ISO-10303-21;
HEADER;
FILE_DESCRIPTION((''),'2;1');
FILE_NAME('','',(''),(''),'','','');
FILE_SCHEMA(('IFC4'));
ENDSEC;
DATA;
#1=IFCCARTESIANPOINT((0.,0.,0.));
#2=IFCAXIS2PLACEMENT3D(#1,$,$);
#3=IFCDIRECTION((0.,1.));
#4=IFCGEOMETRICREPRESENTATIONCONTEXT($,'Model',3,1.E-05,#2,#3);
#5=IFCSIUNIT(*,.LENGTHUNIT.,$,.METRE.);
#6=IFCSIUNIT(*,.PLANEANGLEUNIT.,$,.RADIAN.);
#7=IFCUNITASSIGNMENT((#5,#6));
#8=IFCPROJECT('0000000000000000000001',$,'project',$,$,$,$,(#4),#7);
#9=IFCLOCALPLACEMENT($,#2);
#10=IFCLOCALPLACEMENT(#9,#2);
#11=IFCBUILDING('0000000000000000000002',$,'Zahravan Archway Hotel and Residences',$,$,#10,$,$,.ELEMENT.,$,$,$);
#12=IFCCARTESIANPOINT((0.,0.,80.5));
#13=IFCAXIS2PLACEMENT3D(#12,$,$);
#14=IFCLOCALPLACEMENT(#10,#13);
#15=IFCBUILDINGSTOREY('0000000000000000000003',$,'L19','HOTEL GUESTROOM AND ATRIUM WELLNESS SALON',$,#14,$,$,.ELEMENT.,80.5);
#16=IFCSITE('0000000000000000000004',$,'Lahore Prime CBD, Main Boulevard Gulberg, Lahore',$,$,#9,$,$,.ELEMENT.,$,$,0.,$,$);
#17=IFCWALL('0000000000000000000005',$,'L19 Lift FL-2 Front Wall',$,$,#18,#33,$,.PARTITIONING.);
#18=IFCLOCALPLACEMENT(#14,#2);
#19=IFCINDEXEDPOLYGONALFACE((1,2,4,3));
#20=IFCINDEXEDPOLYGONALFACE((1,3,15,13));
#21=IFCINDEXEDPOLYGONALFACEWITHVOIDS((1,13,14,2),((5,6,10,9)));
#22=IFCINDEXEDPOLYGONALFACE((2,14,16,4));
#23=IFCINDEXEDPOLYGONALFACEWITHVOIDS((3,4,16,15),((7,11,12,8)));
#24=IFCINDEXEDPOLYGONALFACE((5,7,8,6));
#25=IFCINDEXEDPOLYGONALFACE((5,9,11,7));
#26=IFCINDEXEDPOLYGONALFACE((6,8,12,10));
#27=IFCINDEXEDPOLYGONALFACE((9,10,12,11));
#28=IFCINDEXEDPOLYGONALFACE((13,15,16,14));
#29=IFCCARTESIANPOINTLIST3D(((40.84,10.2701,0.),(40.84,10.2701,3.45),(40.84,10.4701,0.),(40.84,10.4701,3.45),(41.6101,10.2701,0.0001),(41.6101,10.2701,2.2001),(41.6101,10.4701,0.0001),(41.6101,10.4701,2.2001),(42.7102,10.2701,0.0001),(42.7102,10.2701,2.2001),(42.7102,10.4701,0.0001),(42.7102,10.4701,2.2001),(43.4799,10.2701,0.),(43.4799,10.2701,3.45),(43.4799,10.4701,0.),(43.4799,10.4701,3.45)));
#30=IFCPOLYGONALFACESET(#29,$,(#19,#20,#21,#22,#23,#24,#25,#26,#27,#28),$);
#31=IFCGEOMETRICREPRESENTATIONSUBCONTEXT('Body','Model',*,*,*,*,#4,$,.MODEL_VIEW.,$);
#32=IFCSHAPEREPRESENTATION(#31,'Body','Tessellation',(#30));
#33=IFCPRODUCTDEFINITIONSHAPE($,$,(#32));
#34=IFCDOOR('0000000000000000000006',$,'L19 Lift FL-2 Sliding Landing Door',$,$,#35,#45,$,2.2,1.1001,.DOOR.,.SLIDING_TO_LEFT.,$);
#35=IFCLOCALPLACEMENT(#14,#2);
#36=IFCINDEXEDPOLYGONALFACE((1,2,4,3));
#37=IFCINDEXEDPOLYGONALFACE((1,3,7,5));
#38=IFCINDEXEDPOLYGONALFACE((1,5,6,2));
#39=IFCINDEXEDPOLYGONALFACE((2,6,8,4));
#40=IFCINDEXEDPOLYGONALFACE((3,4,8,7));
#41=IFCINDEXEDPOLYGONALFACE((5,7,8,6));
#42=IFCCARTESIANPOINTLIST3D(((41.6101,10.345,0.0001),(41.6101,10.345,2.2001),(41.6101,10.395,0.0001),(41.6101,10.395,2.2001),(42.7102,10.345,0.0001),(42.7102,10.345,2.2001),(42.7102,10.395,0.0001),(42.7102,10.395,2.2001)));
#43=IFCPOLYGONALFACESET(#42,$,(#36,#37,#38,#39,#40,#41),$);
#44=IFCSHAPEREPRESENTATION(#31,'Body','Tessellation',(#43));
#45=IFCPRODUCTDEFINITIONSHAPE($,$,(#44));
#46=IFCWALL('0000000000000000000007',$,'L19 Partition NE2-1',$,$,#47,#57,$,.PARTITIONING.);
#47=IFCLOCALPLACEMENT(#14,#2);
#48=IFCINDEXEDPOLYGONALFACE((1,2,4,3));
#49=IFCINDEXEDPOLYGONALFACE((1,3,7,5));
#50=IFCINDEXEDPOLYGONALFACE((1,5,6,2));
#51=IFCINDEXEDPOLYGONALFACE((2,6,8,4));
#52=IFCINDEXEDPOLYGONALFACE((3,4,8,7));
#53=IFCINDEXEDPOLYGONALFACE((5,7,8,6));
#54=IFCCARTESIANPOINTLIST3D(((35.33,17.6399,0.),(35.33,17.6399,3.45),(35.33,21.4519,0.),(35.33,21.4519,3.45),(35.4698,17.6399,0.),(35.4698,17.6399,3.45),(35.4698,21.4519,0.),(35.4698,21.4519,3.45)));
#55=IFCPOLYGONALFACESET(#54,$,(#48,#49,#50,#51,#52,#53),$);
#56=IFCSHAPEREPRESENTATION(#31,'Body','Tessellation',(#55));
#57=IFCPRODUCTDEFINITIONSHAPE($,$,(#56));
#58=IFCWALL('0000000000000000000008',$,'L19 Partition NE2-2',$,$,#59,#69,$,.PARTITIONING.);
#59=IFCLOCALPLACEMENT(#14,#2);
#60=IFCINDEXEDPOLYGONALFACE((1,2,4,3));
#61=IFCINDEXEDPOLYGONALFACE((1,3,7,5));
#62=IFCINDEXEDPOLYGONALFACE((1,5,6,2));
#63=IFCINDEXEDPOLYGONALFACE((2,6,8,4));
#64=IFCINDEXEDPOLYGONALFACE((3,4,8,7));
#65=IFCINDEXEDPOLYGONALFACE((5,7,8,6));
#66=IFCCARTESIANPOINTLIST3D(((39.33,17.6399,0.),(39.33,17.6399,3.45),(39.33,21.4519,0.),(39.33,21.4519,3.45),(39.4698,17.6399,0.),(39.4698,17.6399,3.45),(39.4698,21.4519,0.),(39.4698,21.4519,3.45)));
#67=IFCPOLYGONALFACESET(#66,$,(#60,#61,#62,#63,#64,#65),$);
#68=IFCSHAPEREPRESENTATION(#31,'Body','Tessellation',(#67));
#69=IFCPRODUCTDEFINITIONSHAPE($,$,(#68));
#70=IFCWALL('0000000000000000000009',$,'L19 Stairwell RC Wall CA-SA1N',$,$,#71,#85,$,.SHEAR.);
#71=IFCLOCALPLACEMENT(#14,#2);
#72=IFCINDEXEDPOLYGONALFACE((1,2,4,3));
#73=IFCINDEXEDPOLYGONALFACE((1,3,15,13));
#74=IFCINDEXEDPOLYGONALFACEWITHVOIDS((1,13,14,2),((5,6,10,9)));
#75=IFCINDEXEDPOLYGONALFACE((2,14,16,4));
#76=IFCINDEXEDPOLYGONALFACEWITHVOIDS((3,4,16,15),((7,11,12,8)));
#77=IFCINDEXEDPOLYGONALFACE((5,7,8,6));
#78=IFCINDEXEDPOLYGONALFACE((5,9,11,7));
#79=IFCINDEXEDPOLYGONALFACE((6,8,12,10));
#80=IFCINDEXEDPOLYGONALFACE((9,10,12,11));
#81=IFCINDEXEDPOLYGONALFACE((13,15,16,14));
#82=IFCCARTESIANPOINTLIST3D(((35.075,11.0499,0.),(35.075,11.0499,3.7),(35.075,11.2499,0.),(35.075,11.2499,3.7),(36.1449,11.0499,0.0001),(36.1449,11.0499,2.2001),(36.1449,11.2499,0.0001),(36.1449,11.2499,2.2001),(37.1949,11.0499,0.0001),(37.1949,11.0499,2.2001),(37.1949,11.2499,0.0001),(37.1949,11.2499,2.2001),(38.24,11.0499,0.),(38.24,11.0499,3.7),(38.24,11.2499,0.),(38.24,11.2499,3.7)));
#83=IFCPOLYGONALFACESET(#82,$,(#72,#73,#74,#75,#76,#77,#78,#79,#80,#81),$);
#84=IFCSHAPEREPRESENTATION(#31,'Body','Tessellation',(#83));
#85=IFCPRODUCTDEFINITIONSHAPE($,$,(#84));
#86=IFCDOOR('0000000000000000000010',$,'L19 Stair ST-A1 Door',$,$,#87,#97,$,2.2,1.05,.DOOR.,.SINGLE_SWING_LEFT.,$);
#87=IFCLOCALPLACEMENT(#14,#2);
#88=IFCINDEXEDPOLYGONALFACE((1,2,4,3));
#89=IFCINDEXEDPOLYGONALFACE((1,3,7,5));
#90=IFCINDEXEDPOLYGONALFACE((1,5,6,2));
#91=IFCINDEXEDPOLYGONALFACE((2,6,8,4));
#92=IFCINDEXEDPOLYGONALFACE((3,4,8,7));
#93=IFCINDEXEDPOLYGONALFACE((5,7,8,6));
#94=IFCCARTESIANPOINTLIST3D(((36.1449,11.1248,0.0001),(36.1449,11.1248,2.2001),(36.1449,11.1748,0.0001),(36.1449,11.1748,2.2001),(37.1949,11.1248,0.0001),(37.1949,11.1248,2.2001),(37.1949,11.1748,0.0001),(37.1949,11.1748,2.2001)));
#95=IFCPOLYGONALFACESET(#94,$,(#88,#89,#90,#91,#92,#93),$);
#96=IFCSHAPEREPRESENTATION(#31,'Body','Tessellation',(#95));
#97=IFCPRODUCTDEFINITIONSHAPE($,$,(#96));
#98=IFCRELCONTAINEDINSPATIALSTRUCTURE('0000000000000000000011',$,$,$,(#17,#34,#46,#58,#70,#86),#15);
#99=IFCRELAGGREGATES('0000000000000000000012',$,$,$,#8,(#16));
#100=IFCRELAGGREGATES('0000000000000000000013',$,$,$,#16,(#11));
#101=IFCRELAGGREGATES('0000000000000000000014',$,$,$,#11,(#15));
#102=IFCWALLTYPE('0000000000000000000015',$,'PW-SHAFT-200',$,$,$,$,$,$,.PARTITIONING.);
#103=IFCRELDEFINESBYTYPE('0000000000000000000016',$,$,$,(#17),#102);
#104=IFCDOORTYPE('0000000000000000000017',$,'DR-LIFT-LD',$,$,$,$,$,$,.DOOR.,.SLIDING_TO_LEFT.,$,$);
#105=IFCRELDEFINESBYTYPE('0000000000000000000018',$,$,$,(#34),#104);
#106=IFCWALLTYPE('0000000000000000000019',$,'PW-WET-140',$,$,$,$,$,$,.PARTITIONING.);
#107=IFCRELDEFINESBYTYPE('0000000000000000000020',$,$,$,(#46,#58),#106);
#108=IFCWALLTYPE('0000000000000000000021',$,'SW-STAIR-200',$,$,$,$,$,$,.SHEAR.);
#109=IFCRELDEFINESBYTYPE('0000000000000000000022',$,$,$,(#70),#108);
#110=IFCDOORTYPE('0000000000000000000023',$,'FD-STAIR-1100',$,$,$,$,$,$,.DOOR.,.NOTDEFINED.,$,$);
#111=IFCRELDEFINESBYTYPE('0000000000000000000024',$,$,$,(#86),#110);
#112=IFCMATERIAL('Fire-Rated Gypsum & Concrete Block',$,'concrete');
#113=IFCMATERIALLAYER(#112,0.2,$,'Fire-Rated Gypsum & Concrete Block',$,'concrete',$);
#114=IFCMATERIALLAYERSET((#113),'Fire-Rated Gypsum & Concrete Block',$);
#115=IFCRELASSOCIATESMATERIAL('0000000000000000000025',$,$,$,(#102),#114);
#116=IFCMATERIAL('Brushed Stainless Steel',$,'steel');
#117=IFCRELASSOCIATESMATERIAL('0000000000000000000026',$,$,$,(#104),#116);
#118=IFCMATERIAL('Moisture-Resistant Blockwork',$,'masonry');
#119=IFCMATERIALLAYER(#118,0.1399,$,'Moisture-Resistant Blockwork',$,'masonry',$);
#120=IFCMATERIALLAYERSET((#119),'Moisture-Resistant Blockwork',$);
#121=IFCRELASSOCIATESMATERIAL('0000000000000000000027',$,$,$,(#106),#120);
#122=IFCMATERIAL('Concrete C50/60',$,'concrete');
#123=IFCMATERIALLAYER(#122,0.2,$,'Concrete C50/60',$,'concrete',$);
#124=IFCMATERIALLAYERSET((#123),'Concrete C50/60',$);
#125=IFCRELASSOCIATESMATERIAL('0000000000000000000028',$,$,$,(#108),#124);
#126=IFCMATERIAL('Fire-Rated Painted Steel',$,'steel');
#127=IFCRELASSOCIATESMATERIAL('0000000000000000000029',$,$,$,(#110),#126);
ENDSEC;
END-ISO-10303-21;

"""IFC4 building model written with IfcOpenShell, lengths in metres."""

from ifc_helpers import new_model, si_unit, direction, frame, frame_2d, origin, place, context, subcontext, project, spatial, rectangle, extrude, source, transform, mapped, material, layer, layer_set, type_object, type_shapes, element, fill, save


model = new_model("IFC4")

# Units and contexts
model_context = context("Model", 3, precision=1e-05, world=origin(), true_north=direction((0.0, 1.0)))
body_context = subcontext(model_context, "Body", "Model", "MODEL_VIEW")
ifc_project = project(units=[si_unit("LENGTHUNIT", "METRE"), si_unit("PLANEANGLEUNIT", "RADIAN")], contexts=[model_context])

# Site, building, storey
site_placement = place(None, origin())
site = spatial("IfcSite", under=ifc_project, at=site_placement, Name="Lahore Prime CBD, Main Boulevard Gulberg, Lahore", CompositionType="ELEMENT", RefElevation=0.0)
building_placement = place(site_placement, origin())
building = spatial("IfcBuilding", under=site, at=building_placement, Name="Zahravan Archway Hotel and Residences", CompositionType="ELEMENT")
storey_placement = place(building_placement, frame((0.0, 0.0, 80.5)))
storey = spatial("IfcBuildingStorey", under=building, at=storey_placement, Name="L19", Description="HOTEL GUESTROOM AND ATRIUM WELLNESS SALON", CompositionType="ELEMENT", Elevation=80.5)

# Wall, opening, door
ifc_material_1 = material(Name="Fire-Rated Gypsum & Concrete Block", Category="concrete")
ifc_material_2 = material(Name="Fire-Rated Painted Steel", Category="steel")
ifc_layer_1 = layer(ifc_material_1, 0.2, Name="Fire-Rated Gypsum & Concrete Block", Category="concrete")
ifc_layer_set_1 = layer_set([ifc_layer_1], Name="Fire-Rated Gypsum & Concrete Block")
wall_type_1 = type_object("IfcWallType", Name="PW-SHAFT-200", PredefinedType="PARTITIONING", material=ifc_layer_set_1)
wall_1_placement = place(storey_placement, frame((40.8401, 10.3701, 0.0), z_axis=(0.0, 0.0, 1.0), x_axis=(1.0, 0.0, 0.0)))
wall_1 = element("IfcWall", 1, at=wall_1_placement, inside=storey, type_object=wall_type_1, Name="L19 Lift FL-2 Front Wall", PredefinedType="PARTITIONING", context=body_context, shape_type="SweptSolid", body=[
    extrude(rectangle(XDim=2.6399, YDim=0.2, at=frame_2d((1.3198, 0.0))), origin(), (0.0, 0.0, 1.0), 3.45),
])
opening_1_placement = place(wall_1_placement, frame((0.77, 0.0, 0.0)))
opening_1 = element("IfcOpeningElement", 2, at=opening_1_placement, cuts=wall_1, PredefinedType="OPENING", context=body_context, shape_type="SweptSolid", body=[
    extrude(rectangle(XDim=1.1001, YDim=2.2, at=frame_2d((0.55, 1.1001))), frame((0.0, 0.1099, 0.0), z_axis=(0.0, -1.0, 0.0), x_axis=(1.0, 0.0, 0.0)), (0.0, 0.0, 1.0), 0.22),
])
ifc_material_3 = material(Name="Brushed Stainless Steel", Category="steel")
door_type_1 = type_object("IfcDoorType", Name="DR-LIFT-LD", OperationType="SLIDING_TO_LEFT", PredefinedType="DOOR", material=ifc_material_3)
shared_shape_1 = source(origin(), body_context, "Body", "SweptSolid", [
    extrude(rectangle(XDim=1.1001, YDim=2.2, at=frame_2d((0.55, 1.1001))), frame((0.0, 0.0249, 0.0), z_axis=(0.0, -1.0, 0.0), x_axis=(1.0, 0.0, 0.0)), (0.0, 0.0, 1.0), 0.05),
])
type_shapes(door_type_1, [shared_shape_1])
door_1_placement = place(opening_1_placement, origin())
door_1 = element("IfcDoor", 3, at=door_1_placement, inside=storey, type_object=door_type_1, Name="L19 Lift FL-2 Sliding Landing Door", OperationType="SLIDING_TO_LEFT", OverallHeight=2.2, OverallWidth=1.1001, PredefinedType="DOOR", context=body_context, shape_type="MappedRepresentation", body=[
    mapped(shared_shape_1, transform((0.0, 0.0, 0.0), scale=1.0)),
])
fill(opening_1, door_1)

# Walls
ifc_material_4 = material(Name="Moisture-Resistant Blockwork", Category="masonry")
ifc_layer_2 = layer(ifc_material_4, 0.1399, Name="Moisture-Resistant Blockwork", Category="masonry")
ifc_layer_set_2 = layer_set([ifc_layer_2], Name="Moisture-Resistant Blockwork")
wall_type_2 = type_object("IfcWallType", Name="PW-WET-140", PredefinedType="PARTITIONING", material=ifc_layer_set_2)
for number, where, z_axis, x_axis, name in (
    (4, (35.3999, 17.6399, 0.0), (0.0, 0.0, 1.0), (0.0, 1.0, 0.0), "L19 Partition NE2-1"),
    (5, (39.3999, 17.6399, 0.0), (0.0, 0.0, 1.0), (0.0, 1.0, 0.0), "L19 Partition NE2-2"),
):
    element("IfcWall", number, at=place(storey_placement, frame(where, z_axis=z_axis, x_axis=x_axis)), inside=storey, type_object=wall_type_2, Name=name, PredefinedType="PARTITIONING", context=body_context, shape_type="SweptSolid", body=[
        extrude(rectangle(XDim=3.812, YDim=0.1399, at=frame_2d((1.906, 0.0))), origin(), (0.0, 0.0, 1.0), 3.45),
    ])

# Wall, opening, door
ifc_material_5 = material(Name="Concrete C50/60", Category="concrete")
ifc_layer_3 = layer(ifc_material_5, 0.2, Name="Concrete C50/60", Category="concrete")
ifc_layer_set_3 = layer_set([ifc_layer_3], Name="Concrete C50/60")
wall_type_3 = type_object("IfcWallType", Name="SW-STAIR-200", PredefinedType="SHEAR", material=ifc_layer_set_3)
wall_2_placement = place(storey_placement, frame((35.075, 11.1499, 0.0), z_axis=(0.0, 0.0, 1.0), x_axis=(1.0, 0.0, 0.0)))
wall_2 = element("IfcWall", 6, at=wall_2_placement, inside=storey, type_object=wall_type_3, Name="L19 Stairwell RC Wall CA-SA1N", PredefinedType="SHEAR", context=body_context, shape_type="SweptSolid", body=[
    extrude(rectangle(XDim=3.165, YDim=0.2, at=frame_2d((1.5825, 0.0))), origin(), (0.0, 0.0, 1.0), 3.7),
])
opening_2_placement = place(wall_2_placement, frame((1.0701, 0.0, 0.0)))
opening_2 = element("IfcOpeningElement", 7, at=opening_2_placement, cuts=wall_2, PredefinedType="OPENING", context=body_context, shape_type="SweptSolid", body=[
    extrude(rectangle(XDim=1.05, YDim=2.2, at=frame_2d((0.5249, 1.1001))), frame((0.0, 0.1099, 0.0), z_axis=(0.0, -1.0, 0.0), x_axis=(1.0, 0.0, 0.0)), (0.0, 0.0, 1.0), 0.22),
])
door_type_2 = type_object("IfcDoorType", Name="FD-STAIR-1100", OperationType="NOTDEFINED", PredefinedType="DOOR", material=ifc_material_2)
shared_shape_2 = source(origin(), body_context, "Body", "SweptSolid", [
    extrude(rectangle(XDim=1.05, YDim=2.2, at=frame_2d((0.5249, 1.1001))), frame((0.0, 0.0249, 0.0), z_axis=(0.0, -1.0, 0.0), x_axis=(1.0, 0.0, 0.0)), (0.0, 0.0, 1.0), 0.05),
])
type_shapes(door_type_2, [shared_shape_2])
door_2_placement = place(opening_2_placement, origin())
door_2 = element("IfcDoor", 8, at=door_2_placement, inside=storey, type_object=door_type_2, Name="L19 Stair ST-A1 Door", OperationType="SINGLE_SWING_LEFT", OverallHeight=2.2, OverallWidth=1.05, PredefinedType="DOOR", context=body_context, shape_type="MappedRepresentation", body=[
    mapped(shared_shape_2, transform((0.0, 0.0, 0.0), scale=1.0)),
])
fill(opening_2, door_2)

save(model, "model.ifc")
